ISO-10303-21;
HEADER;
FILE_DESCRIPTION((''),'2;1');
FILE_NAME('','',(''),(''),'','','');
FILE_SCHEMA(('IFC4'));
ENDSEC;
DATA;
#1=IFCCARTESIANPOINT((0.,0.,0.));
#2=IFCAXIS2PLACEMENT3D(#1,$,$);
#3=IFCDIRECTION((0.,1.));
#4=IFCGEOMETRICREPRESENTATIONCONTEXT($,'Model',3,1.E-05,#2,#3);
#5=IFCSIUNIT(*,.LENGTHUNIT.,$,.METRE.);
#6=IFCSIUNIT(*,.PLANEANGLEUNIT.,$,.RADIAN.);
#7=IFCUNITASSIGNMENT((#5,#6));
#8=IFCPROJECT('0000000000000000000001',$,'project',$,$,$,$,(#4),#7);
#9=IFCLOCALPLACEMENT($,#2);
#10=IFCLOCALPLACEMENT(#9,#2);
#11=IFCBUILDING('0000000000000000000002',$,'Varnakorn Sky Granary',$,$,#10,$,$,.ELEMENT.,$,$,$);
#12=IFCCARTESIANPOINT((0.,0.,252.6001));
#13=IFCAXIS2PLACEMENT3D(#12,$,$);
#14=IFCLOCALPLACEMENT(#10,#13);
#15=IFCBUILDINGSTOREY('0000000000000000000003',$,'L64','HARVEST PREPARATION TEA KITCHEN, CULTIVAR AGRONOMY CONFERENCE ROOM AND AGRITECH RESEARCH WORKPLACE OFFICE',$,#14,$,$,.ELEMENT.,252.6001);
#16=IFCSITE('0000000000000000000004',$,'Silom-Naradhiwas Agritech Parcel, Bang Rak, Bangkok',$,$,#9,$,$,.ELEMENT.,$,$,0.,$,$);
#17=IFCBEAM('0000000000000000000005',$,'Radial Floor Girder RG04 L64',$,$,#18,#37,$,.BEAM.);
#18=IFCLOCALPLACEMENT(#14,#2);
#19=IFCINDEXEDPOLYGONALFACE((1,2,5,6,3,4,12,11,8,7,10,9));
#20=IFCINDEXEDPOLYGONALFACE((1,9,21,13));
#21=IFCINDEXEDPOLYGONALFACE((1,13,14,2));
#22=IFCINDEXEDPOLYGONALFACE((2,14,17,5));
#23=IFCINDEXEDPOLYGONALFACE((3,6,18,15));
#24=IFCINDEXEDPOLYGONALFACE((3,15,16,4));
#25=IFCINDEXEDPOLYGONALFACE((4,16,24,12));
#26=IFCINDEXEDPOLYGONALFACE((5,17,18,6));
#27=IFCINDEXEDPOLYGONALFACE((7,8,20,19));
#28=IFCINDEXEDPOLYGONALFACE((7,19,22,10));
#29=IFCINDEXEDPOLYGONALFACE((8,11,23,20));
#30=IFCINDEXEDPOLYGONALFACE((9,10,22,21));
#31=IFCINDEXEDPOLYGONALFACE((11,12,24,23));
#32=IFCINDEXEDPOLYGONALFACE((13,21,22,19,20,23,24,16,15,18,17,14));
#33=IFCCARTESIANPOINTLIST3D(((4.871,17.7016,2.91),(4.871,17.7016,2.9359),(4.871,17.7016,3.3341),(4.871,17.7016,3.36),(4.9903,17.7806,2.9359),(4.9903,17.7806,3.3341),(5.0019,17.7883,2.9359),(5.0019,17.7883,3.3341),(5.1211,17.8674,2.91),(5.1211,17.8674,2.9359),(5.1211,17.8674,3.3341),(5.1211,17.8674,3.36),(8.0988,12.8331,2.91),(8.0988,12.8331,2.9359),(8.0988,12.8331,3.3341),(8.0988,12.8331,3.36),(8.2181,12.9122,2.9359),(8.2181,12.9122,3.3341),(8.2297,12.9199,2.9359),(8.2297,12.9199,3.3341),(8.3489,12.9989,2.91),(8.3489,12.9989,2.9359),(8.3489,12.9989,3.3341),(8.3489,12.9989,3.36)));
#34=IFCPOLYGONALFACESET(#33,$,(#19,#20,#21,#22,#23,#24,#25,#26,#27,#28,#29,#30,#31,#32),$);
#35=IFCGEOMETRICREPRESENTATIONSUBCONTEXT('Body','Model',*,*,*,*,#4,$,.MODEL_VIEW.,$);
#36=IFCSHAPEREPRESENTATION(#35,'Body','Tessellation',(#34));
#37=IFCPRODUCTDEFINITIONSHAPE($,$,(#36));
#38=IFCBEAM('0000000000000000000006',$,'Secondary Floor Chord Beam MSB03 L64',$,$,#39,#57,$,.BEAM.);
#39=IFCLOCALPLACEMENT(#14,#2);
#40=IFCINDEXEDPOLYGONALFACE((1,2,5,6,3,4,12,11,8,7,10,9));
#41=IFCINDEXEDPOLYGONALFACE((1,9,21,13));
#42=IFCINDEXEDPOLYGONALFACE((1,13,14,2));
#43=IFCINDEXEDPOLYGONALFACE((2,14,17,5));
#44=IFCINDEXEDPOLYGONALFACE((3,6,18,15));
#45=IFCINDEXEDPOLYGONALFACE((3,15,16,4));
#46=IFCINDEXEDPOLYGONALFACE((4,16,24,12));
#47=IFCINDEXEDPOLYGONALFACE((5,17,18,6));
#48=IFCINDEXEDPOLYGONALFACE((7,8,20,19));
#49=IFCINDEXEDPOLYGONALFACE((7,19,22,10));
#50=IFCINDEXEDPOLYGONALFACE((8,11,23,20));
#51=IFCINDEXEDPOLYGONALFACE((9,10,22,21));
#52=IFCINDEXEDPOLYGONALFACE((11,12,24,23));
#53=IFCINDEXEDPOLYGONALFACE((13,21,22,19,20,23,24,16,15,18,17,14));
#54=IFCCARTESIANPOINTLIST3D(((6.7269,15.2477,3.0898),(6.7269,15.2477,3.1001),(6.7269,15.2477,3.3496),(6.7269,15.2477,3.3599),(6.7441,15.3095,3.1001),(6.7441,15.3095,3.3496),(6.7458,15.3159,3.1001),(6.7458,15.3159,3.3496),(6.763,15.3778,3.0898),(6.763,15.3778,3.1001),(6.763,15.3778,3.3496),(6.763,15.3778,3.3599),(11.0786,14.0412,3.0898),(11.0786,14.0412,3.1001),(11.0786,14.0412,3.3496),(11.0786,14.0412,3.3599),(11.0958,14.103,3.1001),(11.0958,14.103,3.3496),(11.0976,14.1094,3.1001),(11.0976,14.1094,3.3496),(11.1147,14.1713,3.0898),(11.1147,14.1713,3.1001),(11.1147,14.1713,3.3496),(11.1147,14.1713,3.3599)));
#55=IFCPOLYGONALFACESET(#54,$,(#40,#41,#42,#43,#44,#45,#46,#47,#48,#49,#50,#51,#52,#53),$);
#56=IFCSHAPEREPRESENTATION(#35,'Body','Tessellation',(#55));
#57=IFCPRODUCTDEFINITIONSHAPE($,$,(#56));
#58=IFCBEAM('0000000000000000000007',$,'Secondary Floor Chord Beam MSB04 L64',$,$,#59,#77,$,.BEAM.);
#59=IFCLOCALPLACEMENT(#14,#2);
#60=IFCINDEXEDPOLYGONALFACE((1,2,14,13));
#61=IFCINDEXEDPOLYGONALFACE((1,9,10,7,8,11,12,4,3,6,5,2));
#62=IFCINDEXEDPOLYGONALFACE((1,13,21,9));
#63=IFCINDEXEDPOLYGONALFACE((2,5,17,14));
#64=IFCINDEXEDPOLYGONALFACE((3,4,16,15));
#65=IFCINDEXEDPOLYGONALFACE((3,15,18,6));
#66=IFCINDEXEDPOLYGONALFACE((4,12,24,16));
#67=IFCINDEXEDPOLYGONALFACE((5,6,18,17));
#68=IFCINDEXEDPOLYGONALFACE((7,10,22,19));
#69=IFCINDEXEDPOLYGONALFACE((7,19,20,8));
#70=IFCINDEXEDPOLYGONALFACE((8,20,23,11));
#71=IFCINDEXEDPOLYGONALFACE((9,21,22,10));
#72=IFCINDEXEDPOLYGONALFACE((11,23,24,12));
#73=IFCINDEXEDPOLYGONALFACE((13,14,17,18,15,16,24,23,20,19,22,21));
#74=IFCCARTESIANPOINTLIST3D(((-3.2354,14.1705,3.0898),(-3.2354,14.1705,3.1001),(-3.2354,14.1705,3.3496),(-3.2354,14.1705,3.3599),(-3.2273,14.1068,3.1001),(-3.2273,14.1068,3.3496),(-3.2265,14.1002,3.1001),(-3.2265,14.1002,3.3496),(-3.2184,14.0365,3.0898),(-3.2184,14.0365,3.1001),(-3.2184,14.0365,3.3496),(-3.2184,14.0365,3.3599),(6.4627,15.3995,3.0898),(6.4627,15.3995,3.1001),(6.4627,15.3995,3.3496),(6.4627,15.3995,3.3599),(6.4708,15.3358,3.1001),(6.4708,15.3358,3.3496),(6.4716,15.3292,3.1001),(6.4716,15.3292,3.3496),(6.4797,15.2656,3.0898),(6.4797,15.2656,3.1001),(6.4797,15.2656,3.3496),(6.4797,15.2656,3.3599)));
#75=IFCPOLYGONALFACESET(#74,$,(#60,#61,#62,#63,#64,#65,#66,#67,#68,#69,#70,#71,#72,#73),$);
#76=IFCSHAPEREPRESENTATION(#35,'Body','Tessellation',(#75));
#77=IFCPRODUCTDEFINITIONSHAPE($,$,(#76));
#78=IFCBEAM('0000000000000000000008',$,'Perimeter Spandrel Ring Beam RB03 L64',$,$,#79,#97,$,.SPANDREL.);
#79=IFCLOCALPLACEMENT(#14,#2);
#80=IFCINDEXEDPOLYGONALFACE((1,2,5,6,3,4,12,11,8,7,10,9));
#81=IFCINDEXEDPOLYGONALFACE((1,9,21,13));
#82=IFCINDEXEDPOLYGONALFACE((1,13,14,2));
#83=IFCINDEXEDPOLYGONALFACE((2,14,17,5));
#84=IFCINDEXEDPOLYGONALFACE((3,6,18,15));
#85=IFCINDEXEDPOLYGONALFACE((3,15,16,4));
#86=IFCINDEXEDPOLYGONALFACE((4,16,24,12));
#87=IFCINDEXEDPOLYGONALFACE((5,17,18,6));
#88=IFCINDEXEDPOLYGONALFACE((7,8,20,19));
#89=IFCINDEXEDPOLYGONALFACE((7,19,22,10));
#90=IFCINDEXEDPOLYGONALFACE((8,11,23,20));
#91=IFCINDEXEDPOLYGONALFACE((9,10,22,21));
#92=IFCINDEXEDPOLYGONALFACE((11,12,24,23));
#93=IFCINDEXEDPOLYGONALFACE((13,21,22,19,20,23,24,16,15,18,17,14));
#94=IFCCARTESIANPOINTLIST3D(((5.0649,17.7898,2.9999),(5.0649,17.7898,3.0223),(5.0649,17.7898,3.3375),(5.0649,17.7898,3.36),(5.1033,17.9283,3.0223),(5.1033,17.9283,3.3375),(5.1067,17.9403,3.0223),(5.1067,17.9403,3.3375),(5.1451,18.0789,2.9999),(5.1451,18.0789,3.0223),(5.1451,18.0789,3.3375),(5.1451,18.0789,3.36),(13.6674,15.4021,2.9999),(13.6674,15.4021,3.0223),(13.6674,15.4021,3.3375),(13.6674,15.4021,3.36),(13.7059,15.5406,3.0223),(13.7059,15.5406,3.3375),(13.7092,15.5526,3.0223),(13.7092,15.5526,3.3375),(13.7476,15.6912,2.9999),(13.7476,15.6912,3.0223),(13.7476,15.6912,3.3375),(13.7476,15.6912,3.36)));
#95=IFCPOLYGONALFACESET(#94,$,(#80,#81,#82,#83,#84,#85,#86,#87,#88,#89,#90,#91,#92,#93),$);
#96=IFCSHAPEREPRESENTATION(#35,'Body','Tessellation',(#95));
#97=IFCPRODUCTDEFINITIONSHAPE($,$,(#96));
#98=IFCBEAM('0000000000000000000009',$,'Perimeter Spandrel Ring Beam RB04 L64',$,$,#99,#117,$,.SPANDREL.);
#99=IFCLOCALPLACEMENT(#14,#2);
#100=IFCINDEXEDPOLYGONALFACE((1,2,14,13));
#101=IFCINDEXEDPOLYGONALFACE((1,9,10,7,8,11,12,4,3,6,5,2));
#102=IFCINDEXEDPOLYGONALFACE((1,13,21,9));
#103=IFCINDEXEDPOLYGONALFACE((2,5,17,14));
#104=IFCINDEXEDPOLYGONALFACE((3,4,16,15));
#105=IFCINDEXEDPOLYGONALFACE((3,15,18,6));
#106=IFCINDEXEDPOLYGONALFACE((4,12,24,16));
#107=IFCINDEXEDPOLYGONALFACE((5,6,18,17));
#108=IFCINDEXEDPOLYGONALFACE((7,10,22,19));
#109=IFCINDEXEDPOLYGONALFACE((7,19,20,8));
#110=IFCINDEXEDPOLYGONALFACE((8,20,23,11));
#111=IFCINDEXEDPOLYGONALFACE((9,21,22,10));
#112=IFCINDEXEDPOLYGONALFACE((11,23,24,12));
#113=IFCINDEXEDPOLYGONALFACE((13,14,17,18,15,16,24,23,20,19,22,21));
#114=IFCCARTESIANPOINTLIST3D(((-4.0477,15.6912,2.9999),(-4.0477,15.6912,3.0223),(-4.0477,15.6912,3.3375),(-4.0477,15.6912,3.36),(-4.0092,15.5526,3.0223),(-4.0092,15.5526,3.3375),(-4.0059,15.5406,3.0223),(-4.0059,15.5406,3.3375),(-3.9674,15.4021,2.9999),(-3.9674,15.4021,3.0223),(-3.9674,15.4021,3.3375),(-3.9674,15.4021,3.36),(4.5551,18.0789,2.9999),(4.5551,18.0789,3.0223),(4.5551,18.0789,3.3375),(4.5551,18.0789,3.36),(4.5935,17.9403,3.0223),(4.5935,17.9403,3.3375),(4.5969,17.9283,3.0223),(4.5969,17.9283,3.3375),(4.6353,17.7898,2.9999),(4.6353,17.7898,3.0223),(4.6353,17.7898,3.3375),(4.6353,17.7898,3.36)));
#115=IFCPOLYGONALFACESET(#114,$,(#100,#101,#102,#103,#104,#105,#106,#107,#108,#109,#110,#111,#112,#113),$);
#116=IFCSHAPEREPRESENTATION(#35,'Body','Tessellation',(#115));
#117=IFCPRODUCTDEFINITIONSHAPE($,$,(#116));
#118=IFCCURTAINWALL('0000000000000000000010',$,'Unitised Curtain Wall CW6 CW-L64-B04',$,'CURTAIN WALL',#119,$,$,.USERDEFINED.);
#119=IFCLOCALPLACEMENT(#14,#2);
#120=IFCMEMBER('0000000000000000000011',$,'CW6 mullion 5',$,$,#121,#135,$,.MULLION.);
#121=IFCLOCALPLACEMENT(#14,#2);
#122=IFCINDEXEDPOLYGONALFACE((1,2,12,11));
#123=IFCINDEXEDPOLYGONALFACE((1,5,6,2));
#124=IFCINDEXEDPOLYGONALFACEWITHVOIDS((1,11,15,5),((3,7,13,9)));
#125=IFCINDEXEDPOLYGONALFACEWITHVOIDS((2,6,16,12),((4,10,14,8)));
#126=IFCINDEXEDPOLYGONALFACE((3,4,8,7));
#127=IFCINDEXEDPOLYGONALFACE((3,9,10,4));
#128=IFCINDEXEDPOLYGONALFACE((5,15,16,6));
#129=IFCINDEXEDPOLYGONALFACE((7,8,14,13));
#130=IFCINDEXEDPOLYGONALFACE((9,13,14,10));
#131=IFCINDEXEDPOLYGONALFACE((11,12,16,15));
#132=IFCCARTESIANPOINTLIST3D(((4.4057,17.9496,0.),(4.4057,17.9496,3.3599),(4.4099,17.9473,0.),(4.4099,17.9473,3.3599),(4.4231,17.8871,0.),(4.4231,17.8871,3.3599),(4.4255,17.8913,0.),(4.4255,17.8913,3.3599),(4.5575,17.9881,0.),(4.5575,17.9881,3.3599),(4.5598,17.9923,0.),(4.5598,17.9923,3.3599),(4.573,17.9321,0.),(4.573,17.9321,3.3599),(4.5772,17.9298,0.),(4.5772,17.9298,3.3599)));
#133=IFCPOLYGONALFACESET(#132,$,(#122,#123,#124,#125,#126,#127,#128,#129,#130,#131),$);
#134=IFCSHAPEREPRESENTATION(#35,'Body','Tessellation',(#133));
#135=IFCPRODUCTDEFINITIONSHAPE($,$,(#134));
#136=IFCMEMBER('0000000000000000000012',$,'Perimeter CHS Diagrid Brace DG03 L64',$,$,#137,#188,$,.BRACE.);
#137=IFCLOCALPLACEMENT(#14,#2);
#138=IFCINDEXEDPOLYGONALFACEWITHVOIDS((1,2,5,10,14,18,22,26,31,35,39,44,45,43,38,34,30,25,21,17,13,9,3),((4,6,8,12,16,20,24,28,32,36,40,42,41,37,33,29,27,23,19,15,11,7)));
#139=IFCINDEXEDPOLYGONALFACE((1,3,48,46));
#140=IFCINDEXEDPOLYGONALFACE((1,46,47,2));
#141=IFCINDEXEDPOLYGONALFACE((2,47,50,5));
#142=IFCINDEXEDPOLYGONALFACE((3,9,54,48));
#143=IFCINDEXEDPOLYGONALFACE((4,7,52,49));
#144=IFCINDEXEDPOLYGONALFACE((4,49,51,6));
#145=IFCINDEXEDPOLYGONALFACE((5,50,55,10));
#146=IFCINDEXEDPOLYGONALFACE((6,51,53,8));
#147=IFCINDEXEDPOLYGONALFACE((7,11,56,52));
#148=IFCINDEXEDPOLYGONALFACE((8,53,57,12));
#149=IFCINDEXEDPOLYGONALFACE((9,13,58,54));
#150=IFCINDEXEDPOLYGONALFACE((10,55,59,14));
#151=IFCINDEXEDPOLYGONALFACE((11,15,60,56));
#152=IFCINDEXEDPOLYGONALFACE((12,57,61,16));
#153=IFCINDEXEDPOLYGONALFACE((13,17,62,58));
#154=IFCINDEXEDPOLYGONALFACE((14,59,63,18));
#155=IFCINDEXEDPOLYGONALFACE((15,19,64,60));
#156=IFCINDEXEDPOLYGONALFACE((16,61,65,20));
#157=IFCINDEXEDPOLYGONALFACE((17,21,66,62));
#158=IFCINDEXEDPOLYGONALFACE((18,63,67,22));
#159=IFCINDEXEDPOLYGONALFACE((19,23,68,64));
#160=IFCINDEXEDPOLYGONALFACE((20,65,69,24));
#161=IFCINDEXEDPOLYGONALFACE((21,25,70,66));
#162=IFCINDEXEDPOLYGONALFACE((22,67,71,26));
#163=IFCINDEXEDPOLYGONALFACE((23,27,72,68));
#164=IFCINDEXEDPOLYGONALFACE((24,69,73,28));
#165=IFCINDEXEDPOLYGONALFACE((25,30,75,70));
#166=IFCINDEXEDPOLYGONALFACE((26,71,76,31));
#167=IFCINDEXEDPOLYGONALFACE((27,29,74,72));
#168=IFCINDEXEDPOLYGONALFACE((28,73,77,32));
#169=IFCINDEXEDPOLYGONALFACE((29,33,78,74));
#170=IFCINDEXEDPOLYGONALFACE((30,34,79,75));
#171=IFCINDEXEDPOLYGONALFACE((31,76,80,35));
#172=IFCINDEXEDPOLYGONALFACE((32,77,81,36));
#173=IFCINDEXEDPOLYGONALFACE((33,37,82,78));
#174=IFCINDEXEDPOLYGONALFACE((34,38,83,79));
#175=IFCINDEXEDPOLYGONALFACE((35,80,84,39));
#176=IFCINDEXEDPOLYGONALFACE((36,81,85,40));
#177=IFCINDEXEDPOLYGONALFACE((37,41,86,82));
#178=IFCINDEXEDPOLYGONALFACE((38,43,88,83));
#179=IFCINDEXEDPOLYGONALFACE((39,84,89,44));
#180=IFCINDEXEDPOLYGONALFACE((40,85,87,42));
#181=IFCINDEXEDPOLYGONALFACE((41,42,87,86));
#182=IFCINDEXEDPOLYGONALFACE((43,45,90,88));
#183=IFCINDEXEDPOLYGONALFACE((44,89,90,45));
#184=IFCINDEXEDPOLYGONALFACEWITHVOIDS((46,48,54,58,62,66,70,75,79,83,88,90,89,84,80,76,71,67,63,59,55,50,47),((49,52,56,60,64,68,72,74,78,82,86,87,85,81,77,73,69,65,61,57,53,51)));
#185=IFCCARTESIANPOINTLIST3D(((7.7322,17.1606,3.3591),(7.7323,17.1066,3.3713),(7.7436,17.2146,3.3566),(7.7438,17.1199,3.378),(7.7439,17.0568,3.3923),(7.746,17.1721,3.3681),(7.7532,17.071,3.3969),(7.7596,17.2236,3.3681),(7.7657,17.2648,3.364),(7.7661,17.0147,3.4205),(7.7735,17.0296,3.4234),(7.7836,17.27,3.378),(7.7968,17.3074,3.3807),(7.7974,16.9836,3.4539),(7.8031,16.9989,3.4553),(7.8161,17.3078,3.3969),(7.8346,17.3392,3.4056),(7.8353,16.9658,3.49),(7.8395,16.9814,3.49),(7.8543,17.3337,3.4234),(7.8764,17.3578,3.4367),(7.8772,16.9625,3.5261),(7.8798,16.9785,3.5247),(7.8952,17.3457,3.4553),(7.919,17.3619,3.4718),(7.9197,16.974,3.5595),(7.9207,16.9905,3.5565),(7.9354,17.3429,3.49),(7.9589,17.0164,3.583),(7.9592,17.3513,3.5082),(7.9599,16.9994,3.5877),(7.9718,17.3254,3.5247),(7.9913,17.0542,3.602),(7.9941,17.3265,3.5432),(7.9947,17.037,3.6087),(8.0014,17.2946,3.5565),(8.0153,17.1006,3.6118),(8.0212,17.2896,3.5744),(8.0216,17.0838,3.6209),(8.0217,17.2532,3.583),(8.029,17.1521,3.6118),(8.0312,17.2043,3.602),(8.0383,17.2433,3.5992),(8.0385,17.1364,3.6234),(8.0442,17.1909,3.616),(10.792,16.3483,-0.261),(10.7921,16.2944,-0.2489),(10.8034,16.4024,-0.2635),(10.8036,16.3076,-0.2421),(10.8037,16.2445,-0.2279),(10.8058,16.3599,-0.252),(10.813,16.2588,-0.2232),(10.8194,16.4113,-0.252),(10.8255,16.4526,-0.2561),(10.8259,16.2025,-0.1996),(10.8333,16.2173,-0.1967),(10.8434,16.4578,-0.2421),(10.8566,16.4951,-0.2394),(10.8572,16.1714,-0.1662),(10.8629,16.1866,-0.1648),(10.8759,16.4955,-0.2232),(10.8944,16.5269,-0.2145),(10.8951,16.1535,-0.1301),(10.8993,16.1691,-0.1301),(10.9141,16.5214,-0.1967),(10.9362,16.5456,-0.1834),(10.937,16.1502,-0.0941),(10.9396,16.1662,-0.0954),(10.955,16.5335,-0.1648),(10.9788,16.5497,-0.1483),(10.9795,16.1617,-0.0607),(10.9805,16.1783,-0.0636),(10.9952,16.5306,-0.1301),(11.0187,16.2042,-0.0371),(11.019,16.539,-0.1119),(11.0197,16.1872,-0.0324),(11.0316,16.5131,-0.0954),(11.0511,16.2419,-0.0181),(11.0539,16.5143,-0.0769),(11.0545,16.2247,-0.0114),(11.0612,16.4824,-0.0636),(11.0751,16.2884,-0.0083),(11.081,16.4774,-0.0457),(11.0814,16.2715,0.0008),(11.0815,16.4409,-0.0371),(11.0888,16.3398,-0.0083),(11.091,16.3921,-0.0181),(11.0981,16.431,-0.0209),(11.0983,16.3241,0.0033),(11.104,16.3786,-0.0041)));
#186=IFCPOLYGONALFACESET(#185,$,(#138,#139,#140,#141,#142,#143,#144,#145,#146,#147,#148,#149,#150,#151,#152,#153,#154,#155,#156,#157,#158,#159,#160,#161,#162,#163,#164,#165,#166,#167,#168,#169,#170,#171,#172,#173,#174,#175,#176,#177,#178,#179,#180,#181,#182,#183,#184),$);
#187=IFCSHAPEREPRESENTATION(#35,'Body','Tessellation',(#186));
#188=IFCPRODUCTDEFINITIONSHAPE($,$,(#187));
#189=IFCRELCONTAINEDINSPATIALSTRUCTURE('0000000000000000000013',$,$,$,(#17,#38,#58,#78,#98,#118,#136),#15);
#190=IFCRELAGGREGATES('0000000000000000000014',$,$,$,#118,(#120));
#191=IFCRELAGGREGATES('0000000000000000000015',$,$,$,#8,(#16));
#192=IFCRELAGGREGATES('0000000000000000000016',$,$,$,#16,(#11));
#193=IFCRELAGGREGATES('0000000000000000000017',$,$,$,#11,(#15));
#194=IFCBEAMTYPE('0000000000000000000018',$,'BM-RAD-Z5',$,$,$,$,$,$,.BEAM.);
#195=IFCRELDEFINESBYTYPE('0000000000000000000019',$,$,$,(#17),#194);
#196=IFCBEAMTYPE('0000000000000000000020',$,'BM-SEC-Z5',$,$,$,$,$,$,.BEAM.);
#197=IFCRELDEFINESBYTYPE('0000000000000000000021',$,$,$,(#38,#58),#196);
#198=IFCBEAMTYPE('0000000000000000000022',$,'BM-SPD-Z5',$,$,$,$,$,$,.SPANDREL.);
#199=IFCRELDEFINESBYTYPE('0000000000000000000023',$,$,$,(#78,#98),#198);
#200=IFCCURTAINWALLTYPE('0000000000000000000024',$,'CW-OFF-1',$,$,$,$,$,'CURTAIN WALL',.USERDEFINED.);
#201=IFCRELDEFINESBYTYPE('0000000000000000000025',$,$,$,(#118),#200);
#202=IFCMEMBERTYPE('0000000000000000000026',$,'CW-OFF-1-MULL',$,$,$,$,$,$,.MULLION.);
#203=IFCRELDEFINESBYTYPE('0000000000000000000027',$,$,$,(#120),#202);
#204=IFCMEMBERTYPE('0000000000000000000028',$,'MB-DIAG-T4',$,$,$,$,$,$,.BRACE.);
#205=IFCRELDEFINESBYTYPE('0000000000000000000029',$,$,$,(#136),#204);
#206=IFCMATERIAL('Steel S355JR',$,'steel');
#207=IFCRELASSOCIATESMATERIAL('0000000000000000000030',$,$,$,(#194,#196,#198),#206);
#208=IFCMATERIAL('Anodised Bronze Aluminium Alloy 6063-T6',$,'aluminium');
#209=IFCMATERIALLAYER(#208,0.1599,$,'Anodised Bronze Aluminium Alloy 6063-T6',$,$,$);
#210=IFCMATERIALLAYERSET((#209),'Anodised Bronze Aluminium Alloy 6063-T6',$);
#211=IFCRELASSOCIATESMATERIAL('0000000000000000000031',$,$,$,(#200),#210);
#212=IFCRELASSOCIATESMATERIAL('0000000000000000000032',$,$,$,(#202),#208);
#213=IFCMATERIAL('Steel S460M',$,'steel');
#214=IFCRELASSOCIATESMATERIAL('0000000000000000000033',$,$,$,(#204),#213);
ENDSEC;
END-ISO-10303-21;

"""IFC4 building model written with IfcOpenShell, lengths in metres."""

from ifc_helpers import new_model, si_unit, direction, frame, origin, origin_2d, place, context, subcontext, project, spatial, hollow_rectangle, hollow_circle, i_section, extrude, material, layer, layer_set, material_profile, profile_set, type_object, element, aggregate, save


model = new_model("IFC4")

# Units and contexts
model_context = context("Model", 3, precision=1e-05, world=origin(), true_north=direction((0.0, 1.0)))
body_context = subcontext(model_context, "Body", "Model", "MODEL_VIEW")
ifc_project = project(units=[si_unit("LENGTHUNIT", "METRE"), si_unit("PLANEANGLEUNIT", "RADIAN")], contexts=[model_context])

# Site, building, storey
site_placement = place(None, origin())
site = spatial("IfcSite", under=ifc_project, at=site_placement, Name="Silom-Naradhiwas Agritech Parcel, Bang Rak, Bangkok", CompositionType="ELEMENT", RefElevation=0.0)
building_placement = place(site_placement, origin())
building = spatial("IfcBuilding", under=site, at=building_placement, Name="Varnakorn Sky Granary", CompositionType="ELEMENT")
storey_placement = place(building_placement, frame((0.0, 0.0, 252.6001)))
storey = spatial("IfcBuildingStorey", under=building, at=storey_placement, Name="L64", Description="HARVEST PREPARATION TEA KITCHEN, CULTIVAR AGRONOMY CONFERENCE ROOM AND AGRITECH RESEARCH WORKPLACE OFFICE", CompositionType="ELEMENT", Elevation=252.6001)

# Shared definitions
ifc_material_1 = material(Name="Steel S460M", Category="steel")

# Beams
ifc_material_2 = material(Name="Steel S355JR", Category="steel")
ifc_material_profile_1 = material_profile(ifc_material_2, i_section(OverallWidth=0.3, OverallDepth=0.45, WebThickness=0.0139, FlangeThickness=0.0259, at=origin_2d()), Name="HE 450 B")
ifc_profile_set_1 = profile_set([ifc_material_profile_1], Name="Steel S355JR")
beam_type_1 = type_object("IfcBeamType", Name="BM-RAD-Z5", PredefinedType="BEAM", material=ifc_profile_set_1)
beam_1_placement = place(storey_placement, frame((8.2239, 12.916, 3.135), z_axis=(-0.552586, 0.833456, 0.0), x_axis=(-0.833456, -0.552586, 0.0)))
element("IfcBeam", 1, at=beam_1_placement, inside=storey, type_object=beam_type_1, Name="Radial Floor Girder RG04 L64", PredefinedType="BEAM", context=body_context, shape_type="SweptSolid", body=[
    extrude(i_section(OverallWidth=0.3, OverallDepth=0.45, WebThickness=0.0139, FlangeThickness=0.0259, at=origin_2d()), origin(), (0.0, 0.0, 1.0), 5.8413),
])
ifc_material_profile_2 = material_profile(ifc_material_2, i_section(OverallWidth=0.135, OverallDepth=0.27, WebThickness=0.0066, FlangeThickness=0.0103, at=origin_2d()), Name="IPE 270")
ifc_profile_set_2 = profile_set([ifc_material_profile_2], Name="Steel S355JR")
beam_type_2 = type_object("IfcBeamType", Name="BM-SEC-Z5", PredefinedType="BEAM", material=ifc_profile_set_2)
beam_2_placement = place(storey_placement, frame((11.0967, 14.1062, 3.2249), z_axis=(-0.963649, 0.267173, 0.0), x_axis=(-0.267173, -0.963649, 0.0)))
element("IfcBeam", 2, at=beam_2_placement, inside=storey, type_object=beam_type_2, Name="Secondary Floor Chord Beam MSB03 L64", PredefinedType="BEAM", context=body_context, shape_type="SweptSolid", body=[
    extrude(i_section(OverallWidth=0.135, OverallDepth=0.27, WebThickness=0.0066, FlangeThickness=0.0103, at=origin_2d()), origin(), (0.0, 0.0, 1.0), 4.5159),
])
beam_3_placement = place(storey_placement, frame((6.4712, 15.3325, 3.2249), z_axis=(-0.992066, -0.125722, 0.0), x_axis=(0.125722, -0.992066, 0.0)))
element("IfcBeam", 3, at=beam_3_placement, inside=storey, type_object=beam_type_2, Name="Secondary Floor Chord Beam MSB04 L64", PredefinedType="BEAM", context=body_context, shape_type="SweptSolid", body=[
    extrude(i_section(OverallWidth=0.135, OverallDepth=0.27, WebThickness=0.0066, FlangeThickness=0.0103, at=origin_2d()), origin(), (0.0, 0.0, 1.0), 9.7756),
])
ifc_material_profile_3 = material_profile(ifc_material_2, i_section(OverallWidth=0.3, OverallDepth=0.3601, WebThickness=0.0125, FlangeThickness=0.0225, at=origin_2d()), Name="HE 360 B")
ifc_profile_set_3 = profile_set([ifc_material_profile_3], Name="Steel S355JR")
beam_type_3 = type_object("IfcBeamType", Name="BM-SPD-Z5", PredefinedType="SPANDREL", material=ifc_profile_set_3)
beam_4_placement = place(storey_placement, frame((13.7075, 15.5466, 3.1799), z_axis=(-0.963573, 0.267446, 0.0), x_axis=(-0.267446, -0.963573, 0.0)))
element("IfcBeam", 4, at=beam_4_placement, inside=storey, type_object=beam_type_3, Name="Perimeter Spandrel Ring Beam RB03 L64", PredefinedType="SPANDREL", context=body_context, shape_type="SweptSolid", body=[
    extrude(i_section(OverallWidth=0.3, OverallDepth=0.3601, WebThickness=0.0125, FlangeThickness=0.0225, at=origin_2d()), origin(), (0.0, 0.0, 1.0), 8.9277),
])
beam_5_placement = place(storey_placement, frame((4.5952, 17.9343, 3.1799), z_axis=(-0.963575, -0.267439, 0.0), x_axis=(0.267439, -0.963575, 0.0)))
element("IfcBeam", 5, at=beam_5_placement, inside=storey, type_object=beam_type_3, Name="Perimeter Spandrel Ring Beam RB04 L64", PredefinedType="SPANDREL", context=body_context, shape_type="SweptSolid", body=[
    extrude(i_section(OverallWidth=0.3, OverallDepth=0.3601, WebThickness=0.0125, FlangeThickness=0.0225, at=origin_2d()), origin(), (0.0, 0.0, 1.0), 8.928),
])

# Curtain wall, member
ifc_material_3 = material(Name="Anodised Bronze Aluminium Alloy 6063-T6", Category="aluminium")
ifc_layer_1 = layer(ifc_material_3, 0.1599, Name="Anodised Bronze Aluminium Alloy 6063-T6")
ifc_layer_set_1 = layer_set([ifc_layer_1], Name="Anodised Bronze Aluminium Alloy 6063-T6")
curtain_wall_type = type_object("IfcCurtainWallType", Name="CW-OFF-1", ElementType="CURTAIN WALL", PredefinedType="USERDEFINED", material=ifc_layer_set_1)
curtain_wall_placement = place(storey_placement, origin())
curtain_wall = element("IfcCurtainWall", 6, at=curtain_wall_placement, inside=storey, type_object=curtain_wall_type, Name="Unitised Curtain Wall CW6 CW-L64-B04", ObjectType="CURTAIN WALL", PredefinedType="USERDEFINED")
ifc_material_profile_4 = material_profile(ifc_material_3, hollow_rectangle(XDim=0.0649, YDim=0.1599, WallThickness=0.0034, at=origin_2d()), Name="ALU MULL 65x160")
ifc_profile_set_4 = profile_set([ifc_material_profile_4], Name="Anodised Bronze Aluminium Alloy 6063-T6")
member_type_1 = type_object("IfcMemberType", Name="CW-OFF-1-MULL", PredefinedType="MULLION", material=ifc_profile_set_4)
member_1_placement = place(storey_placement, frame((4.4915, 17.9397, 0.0), z_axis=(0.0, 0.0, 1.0), x_axis=(-0.266982, 0.963701, 0.0)))
member_1 = element("IfcMember", 7, at=member_1_placement, type_object=member_type_1, Name="CW6 mullion 5", PredefinedType="MULLION", context=body_context, shape_type="SweptSolid", body=[
    extrude(hollow_rectangle(XDim=0.0649, YDim=0.1599, WallThickness=0.0034, at=origin_2d()), origin(), (0.0, 0.0, 1.0), 3.3599),
])
aggregate(curtain_wall, [member_1])

# Member
ifc_material_profile_5 = material_profile(ifc_material_1, hollow_circle(Radius=0.2031, WallThickness=0.0161, at=origin_2d()), Name="CHS 406.4x16")
ifc_profile_set_5 = profile_set([ifc_material_profile_5], Name="Steel S460M")
member_type_2 = type_object("IfcMemberType", Name="MB-DIAG-T4", PredefinedType="BRACE", material=ifc_profile_set_5)
member_2_placement = place(storey_placement, frame((10.9473, 16.3499, -0.1301), z_axis=(-0.636255, 0.1689, 0.752763), x_axis=(-0.256573, -0.966525, 0.0)))
element("IfcMember", 8, at=member_2_placement, inside=storey, type_object=member_type_2, Name="Perimeter CHS Diagrid Brace DG03 L64", PredefinedType="BRACE", context=body_context, shape_type="SweptSolid", body=[
    extrude(hollow_circle(Radius=0.2031, WallThickness=0.0161, at=origin_2d()), origin(), (0.0, 0.0, 1.0), 4.8091),
])

save(model, "model.ifc")
